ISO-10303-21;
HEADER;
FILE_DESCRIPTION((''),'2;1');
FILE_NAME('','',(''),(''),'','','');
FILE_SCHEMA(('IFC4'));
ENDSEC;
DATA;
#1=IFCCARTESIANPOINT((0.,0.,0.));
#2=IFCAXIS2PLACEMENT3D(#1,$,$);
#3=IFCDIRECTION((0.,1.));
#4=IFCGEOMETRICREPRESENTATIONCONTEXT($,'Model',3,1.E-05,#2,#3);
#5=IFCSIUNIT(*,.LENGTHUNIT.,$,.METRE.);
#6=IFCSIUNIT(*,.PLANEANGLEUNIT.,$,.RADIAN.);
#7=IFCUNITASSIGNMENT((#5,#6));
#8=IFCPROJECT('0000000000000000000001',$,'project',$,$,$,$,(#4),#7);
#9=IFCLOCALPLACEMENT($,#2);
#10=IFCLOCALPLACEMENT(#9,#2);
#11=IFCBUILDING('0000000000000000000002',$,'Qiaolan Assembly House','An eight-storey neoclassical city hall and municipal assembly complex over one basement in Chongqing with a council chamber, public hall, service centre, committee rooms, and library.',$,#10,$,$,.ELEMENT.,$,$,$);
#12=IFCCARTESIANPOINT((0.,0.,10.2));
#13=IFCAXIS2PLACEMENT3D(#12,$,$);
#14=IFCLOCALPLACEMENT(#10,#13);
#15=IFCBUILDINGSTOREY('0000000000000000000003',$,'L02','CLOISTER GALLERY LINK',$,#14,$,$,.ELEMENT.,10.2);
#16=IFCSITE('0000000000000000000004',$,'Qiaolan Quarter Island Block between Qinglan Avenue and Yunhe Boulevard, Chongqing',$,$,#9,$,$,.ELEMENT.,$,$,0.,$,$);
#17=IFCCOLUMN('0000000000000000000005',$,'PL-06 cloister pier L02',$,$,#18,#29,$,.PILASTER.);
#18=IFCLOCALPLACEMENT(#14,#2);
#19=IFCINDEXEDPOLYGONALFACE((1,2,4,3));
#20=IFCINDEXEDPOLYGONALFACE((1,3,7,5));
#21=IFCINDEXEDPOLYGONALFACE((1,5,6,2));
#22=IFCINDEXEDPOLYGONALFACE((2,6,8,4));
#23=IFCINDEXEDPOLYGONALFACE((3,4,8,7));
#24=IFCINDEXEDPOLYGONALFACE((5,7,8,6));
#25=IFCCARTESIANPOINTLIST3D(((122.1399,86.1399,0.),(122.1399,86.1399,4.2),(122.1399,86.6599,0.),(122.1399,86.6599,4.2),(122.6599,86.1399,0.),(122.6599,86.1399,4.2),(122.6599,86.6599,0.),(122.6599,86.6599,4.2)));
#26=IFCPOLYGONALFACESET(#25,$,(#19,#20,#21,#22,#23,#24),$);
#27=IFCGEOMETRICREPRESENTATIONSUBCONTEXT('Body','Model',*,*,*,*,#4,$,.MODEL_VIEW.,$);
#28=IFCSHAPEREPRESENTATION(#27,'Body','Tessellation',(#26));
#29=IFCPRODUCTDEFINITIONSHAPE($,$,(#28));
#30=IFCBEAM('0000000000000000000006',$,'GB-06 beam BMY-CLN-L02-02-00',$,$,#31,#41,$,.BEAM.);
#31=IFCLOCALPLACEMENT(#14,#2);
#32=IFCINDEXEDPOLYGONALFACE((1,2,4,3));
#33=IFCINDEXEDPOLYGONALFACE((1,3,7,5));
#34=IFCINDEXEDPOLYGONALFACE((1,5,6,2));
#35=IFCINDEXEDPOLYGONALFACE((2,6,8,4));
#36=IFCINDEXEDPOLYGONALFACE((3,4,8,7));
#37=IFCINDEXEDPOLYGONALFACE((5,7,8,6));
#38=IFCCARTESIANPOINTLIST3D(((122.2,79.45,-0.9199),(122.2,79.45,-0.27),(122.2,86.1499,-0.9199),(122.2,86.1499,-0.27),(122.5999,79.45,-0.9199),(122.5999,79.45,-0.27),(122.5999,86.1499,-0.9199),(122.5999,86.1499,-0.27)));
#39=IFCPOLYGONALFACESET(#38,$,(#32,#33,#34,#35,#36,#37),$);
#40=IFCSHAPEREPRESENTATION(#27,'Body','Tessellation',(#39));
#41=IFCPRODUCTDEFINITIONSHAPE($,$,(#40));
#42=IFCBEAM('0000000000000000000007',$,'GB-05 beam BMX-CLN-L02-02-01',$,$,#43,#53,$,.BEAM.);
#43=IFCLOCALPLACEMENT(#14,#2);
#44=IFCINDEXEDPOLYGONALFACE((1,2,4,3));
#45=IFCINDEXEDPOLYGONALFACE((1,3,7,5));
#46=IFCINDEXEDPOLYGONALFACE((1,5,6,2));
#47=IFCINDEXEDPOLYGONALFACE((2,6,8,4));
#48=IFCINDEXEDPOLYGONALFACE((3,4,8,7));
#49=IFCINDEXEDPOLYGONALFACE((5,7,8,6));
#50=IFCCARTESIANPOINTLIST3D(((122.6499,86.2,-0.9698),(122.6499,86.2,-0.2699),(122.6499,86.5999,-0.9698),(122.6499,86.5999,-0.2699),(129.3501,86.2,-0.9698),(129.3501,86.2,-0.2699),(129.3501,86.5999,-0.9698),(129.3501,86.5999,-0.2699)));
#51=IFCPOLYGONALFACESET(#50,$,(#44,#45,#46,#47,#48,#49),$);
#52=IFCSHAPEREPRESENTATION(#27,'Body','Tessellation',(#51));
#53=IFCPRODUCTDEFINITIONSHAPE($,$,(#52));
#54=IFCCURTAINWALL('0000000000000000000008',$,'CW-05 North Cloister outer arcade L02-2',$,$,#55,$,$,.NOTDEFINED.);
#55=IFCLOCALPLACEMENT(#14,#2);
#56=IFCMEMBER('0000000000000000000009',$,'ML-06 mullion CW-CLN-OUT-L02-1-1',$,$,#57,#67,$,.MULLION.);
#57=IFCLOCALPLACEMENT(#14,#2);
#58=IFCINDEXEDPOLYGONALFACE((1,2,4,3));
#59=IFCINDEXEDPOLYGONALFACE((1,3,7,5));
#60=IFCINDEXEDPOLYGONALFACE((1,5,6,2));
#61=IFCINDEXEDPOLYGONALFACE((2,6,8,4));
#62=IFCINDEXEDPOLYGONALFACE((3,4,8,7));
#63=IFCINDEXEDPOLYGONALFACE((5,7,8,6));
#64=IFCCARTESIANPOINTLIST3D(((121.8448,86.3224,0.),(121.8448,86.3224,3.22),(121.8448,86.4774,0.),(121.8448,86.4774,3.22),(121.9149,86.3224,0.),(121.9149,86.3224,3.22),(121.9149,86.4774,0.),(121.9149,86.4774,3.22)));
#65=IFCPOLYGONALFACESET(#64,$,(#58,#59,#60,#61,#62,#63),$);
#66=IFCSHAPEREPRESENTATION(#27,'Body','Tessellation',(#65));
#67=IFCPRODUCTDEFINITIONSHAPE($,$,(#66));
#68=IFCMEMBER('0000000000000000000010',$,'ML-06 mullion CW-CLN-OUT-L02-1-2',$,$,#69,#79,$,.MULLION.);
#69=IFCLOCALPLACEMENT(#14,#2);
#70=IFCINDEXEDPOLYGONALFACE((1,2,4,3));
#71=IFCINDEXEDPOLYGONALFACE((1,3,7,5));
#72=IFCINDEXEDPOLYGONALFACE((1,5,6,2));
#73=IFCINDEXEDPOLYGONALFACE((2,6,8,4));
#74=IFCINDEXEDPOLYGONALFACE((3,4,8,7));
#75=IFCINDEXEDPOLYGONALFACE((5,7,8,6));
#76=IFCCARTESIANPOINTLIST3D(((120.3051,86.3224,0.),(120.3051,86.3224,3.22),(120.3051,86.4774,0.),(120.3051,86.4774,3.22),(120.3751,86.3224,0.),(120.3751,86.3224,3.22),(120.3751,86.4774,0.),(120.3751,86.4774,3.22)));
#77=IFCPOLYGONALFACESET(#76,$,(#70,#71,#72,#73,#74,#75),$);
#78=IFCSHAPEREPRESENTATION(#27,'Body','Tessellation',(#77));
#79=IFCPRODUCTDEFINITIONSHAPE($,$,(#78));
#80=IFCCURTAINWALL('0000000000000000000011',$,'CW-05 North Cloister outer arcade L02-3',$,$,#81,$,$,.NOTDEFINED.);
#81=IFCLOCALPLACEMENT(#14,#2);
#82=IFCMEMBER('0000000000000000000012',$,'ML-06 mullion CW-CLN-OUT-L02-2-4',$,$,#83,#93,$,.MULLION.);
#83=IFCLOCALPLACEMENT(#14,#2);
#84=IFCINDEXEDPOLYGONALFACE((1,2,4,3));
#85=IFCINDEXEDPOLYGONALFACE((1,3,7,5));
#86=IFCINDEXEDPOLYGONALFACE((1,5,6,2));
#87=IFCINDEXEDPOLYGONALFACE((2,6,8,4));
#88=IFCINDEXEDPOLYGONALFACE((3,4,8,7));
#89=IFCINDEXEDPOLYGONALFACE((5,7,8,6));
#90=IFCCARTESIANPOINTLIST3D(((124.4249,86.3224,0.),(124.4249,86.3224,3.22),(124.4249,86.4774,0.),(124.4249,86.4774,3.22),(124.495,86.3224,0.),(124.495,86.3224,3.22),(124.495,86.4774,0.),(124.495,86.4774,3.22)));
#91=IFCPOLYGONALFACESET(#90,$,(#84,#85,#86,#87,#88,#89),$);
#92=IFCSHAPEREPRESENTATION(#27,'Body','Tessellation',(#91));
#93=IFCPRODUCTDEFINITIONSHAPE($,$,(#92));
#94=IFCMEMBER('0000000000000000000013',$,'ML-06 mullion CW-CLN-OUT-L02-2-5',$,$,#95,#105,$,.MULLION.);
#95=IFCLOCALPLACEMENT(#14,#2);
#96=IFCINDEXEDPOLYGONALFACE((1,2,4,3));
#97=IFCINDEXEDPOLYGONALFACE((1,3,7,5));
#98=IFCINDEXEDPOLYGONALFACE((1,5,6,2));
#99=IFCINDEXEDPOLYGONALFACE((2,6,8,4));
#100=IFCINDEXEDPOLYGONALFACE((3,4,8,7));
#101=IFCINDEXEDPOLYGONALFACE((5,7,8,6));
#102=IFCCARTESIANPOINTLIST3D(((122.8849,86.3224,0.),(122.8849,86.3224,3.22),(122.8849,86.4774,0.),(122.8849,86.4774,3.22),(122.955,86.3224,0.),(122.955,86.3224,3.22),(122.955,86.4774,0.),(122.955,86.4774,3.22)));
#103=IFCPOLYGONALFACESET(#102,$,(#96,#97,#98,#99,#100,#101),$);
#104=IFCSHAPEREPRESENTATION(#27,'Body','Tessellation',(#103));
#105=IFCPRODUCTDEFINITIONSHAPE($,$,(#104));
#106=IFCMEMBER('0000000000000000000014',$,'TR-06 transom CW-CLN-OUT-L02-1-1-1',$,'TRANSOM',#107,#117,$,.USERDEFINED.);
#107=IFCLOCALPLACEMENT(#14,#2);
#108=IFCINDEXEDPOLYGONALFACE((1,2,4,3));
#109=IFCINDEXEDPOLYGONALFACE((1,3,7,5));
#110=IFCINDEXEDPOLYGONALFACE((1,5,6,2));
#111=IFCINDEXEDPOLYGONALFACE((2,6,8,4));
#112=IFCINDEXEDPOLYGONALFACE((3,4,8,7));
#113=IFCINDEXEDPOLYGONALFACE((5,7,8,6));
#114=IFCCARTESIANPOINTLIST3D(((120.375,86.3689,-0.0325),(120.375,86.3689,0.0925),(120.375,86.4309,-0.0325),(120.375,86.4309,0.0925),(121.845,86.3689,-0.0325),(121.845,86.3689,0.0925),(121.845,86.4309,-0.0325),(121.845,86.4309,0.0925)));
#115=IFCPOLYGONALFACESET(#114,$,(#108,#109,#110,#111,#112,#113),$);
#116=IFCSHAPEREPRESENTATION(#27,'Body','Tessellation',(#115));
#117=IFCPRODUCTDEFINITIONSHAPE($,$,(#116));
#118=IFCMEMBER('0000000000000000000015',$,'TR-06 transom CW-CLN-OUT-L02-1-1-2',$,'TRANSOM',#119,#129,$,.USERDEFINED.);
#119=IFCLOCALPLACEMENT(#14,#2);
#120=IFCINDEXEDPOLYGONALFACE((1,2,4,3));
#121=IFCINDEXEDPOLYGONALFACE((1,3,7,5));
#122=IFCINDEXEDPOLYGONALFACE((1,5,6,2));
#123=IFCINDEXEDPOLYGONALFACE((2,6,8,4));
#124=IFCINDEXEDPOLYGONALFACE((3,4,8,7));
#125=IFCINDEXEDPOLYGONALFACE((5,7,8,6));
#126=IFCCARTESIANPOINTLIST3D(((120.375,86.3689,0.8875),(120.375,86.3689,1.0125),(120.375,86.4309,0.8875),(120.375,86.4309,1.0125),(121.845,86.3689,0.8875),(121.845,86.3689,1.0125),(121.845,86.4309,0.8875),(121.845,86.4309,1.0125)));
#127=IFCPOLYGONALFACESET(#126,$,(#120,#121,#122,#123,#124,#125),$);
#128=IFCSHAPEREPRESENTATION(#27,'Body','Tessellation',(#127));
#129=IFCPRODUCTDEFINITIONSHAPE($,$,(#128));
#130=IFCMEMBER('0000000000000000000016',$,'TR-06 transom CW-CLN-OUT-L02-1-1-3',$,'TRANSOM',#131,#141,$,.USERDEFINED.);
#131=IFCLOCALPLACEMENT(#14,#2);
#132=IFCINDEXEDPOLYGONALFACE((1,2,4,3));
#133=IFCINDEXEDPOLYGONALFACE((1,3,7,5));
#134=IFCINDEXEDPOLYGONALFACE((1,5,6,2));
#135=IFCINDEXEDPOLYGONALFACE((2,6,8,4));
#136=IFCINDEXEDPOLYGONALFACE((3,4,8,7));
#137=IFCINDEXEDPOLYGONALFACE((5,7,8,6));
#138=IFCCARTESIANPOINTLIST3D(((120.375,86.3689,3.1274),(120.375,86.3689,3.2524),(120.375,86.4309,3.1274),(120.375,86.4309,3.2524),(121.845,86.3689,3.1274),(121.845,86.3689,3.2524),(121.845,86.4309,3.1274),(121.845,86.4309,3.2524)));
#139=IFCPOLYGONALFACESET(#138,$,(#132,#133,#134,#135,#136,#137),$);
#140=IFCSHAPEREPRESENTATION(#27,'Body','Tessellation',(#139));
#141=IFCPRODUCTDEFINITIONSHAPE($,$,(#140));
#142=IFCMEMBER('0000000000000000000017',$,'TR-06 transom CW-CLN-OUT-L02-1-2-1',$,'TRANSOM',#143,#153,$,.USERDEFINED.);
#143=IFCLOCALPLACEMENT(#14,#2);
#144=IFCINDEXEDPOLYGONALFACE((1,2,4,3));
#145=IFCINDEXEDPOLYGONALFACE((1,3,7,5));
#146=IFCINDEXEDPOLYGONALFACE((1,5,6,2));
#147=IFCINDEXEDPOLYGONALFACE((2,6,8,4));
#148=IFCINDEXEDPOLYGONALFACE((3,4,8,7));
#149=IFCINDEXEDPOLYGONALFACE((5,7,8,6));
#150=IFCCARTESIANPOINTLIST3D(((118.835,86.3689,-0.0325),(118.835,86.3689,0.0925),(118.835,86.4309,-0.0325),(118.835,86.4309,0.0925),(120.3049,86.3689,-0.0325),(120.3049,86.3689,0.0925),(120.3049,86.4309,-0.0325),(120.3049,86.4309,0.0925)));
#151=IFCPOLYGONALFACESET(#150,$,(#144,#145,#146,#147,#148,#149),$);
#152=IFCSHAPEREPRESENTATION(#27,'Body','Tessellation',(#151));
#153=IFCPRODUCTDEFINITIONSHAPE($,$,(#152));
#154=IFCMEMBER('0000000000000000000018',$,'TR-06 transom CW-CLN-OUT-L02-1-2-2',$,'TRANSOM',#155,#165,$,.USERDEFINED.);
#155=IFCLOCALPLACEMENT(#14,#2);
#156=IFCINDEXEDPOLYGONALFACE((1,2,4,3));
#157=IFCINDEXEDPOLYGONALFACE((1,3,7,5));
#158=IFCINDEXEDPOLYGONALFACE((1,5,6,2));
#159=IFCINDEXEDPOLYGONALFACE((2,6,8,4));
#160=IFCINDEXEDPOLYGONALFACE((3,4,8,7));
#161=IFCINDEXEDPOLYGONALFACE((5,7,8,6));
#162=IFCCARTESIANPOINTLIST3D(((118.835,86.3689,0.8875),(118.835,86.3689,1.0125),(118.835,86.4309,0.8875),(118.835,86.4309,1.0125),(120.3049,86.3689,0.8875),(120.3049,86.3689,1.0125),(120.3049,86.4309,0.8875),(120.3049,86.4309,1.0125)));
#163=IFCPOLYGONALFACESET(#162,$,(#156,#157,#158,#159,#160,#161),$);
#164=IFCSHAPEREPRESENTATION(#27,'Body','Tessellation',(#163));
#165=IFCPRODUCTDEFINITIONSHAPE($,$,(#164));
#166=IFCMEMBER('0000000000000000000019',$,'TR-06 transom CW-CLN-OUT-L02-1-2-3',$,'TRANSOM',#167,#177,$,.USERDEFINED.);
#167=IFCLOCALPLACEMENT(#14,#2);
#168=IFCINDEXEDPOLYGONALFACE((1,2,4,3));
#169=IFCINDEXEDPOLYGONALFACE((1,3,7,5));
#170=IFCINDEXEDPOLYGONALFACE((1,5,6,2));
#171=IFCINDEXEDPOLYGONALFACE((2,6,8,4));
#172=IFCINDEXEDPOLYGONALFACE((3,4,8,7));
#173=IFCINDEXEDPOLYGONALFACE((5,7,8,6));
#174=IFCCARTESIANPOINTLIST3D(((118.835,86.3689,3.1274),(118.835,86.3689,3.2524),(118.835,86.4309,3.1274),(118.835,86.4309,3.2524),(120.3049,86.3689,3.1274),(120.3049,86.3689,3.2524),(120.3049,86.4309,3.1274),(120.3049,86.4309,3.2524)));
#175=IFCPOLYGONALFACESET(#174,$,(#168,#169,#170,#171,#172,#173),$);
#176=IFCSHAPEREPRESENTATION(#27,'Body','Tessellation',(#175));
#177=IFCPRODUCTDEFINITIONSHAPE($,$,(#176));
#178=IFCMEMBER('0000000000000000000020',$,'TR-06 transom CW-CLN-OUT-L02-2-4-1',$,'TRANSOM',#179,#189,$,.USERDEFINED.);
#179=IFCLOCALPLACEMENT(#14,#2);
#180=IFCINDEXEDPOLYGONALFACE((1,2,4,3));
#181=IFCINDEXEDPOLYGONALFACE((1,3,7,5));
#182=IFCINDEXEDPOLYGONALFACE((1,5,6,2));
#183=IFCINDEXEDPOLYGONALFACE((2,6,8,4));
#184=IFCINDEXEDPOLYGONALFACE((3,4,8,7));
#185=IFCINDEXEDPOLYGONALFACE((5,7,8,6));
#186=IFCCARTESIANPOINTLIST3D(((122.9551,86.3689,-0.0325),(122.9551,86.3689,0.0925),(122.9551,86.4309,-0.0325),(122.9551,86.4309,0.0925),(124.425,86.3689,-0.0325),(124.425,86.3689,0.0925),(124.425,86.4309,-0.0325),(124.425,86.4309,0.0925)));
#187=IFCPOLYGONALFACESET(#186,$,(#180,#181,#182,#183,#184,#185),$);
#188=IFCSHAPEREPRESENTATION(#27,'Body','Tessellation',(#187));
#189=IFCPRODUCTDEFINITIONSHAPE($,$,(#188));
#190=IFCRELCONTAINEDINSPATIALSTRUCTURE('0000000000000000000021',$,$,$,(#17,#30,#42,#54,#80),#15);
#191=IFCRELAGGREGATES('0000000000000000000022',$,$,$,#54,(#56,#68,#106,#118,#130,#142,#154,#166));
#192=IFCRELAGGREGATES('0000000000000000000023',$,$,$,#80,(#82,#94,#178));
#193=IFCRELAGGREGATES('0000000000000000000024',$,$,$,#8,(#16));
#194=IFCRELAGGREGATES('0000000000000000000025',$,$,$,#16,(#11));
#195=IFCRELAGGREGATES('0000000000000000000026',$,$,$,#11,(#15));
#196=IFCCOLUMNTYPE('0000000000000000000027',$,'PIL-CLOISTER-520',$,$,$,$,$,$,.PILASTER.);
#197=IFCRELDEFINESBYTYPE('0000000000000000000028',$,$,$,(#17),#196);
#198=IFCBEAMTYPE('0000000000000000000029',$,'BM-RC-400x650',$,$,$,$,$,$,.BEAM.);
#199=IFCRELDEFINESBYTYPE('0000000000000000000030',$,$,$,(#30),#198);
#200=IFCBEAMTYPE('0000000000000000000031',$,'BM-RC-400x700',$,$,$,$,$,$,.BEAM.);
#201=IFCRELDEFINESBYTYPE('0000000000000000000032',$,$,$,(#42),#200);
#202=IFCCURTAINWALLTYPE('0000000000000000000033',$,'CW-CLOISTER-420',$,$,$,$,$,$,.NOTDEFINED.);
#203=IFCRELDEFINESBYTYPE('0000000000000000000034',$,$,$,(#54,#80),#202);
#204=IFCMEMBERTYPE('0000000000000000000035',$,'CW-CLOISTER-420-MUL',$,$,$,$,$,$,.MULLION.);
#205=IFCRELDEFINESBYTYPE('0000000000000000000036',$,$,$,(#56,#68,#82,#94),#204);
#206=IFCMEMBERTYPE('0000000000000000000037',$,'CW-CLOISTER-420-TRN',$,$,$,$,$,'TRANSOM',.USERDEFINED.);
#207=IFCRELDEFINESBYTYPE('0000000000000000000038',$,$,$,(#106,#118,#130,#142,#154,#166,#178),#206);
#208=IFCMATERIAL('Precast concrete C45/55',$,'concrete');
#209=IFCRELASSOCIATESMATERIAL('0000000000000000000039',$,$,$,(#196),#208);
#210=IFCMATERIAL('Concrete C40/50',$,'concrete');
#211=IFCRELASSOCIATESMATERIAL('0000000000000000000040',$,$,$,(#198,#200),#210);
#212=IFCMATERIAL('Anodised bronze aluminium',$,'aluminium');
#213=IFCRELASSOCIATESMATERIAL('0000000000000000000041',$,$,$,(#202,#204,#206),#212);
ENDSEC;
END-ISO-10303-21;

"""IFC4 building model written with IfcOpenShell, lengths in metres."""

from ifc_helpers import new_model, si_unit, direction, frame, origin, origin_2d, place, context, subcontext, project, spatial, rectangle, extrude, material, material_profile, profile_set, type_object, element, aggregate, save


model = new_model("IFC4")

# Units and contexts
model_context = context("Model", 3, precision=1e-05, world=origin(), true_north=direction((0.0, 1.0)))
body_context = subcontext(model_context, "Body", "Model", "MODEL_VIEW")
ifc_project = project(units=[si_unit("LENGTHUNIT", "METRE"), si_unit("PLANEANGLEUNIT", "RADIAN")], contexts=[model_context])

# Site, building, storey
site_placement = place(None, origin())
site = spatial("IfcSite", under=ifc_project, at=site_placement, Name="Qiaolan Quarter Island Block between Qinglan Avenue and Yunhe Boulevard, Chongqing", CompositionType="ELEMENT", RefElevation=0.0)
building_placement = place(site_placement, origin())
building = spatial("IfcBuilding", under=site, at=building_placement, Name="Qiaolan Assembly House", Description="An eight-storey neoclassical city hall and municipal assembly complex over one basement in Chongqing with a council chamber, public hall, service centre, committee rooms, and library.", CompositionType="ELEMENT")
storey_placement = place(building_placement, frame((0.0, 0.0, 10.2)))
storey = spatial("IfcBuildingStorey", under=building, at=storey_placement, Name="L02", Description="CLOISTER GALLERY LINK", CompositionType="ELEMENT", Elevation=10.2)

# Column
ifc_material_1 = material(Name="Precast concrete C45/55", Category="concrete")
ifc_material_profile_1 = material_profile(ifc_material_1, rectangle(XDim=0.52, YDim=0.52, at=origin_2d()), Name="PIL 520x520")
ifc_profile_set_1 = profile_set([ifc_material_profile_1], Name="Precast concrete C45/55")
column_type = type_object("IfcColumnType", Name="PIL-CLOISTER-520", PredefinedType="PILASTER", material=ifc_profile_set_1)
column_placement = place(storey_placement, frame((122.3999, 86.3999, 0.0), z_axis=(0.0, 0.0, 1.0), x_axis=(1.0, 0.0, 0.0)))
element("IfcColumn", 1, at=column_placement, inside=storey, type_object=column_type, Name="PL-06 cloister pier L02", PredefinedType="PILASTER", context=body_context, shape_type="SweptSolid", body=[
    extrude(rectangle(XDim=0.52, YDim=0.52, at=origin_2d()), origin(), (0.0, 0.0, 1.0), 4.2),
])

# Beams
ifc_material_2 = material(Name="Concrete C40/50", Category="concrete")
ifc_material_profile_2 = material_profile(ifc_material_2, rectangle(XDim=0.3999, YDim=0.6499, at=origin_2d()), Name="RCB 400x650")
ifc_profile_set_2 = profile_set([ifc_material_profile_2], Name="Concrete C40/50")
beam_type_1 = type_object("IfcBeamType", Name="BM-RC-400x650", PredefinedType="BEAM", material=ifc_profile_set_2)
beam_1_placement = place(storey_placement, frame((122.3999, 79.45, -0.595), z_axis=(0.0, 1.0, 0.0), x_axis=(-1.0, 0.0, 0.0)))
element("IfcBeam", 2, at=beam_1_placement, inside=storey, type_object=beam_type_1, Name="GB-06 beam BMY-CLN-L02-02-00", PredefinedType="BEAM", context=body_context, shape_type="SweptSolid", body=[
    extrude(rectangle(XDim=0.3999, YDim=0.6499, at=origin_2d()), origin(), (0.0, 0.0, 1.0), 6.7),
])
ifc_material_profile_3 = material_profile(ifc_material_2, rectangle(XDim=0.3999, YDim=0.7, at=origin_2d()), Name="RCB 400x700")
ifc_profile_set_3 = profile_set([ifc_material_profile_3], Name="Concrete C40/50")
beam_type_2 = type_object("IfcBeamType", Name="BM-RC-400x700", PredefinedType="BEAM", material=ifc_profile_set_3)
beam_2_placement = place(storey_placement, frame((122.6499, 86.3999, -0.6199), z_axis=(1.0, 0.0, 0.0), x_axis=(0.0, 1.0, 0.0)))
element("IfcBeam", 3, at=beam_2_placement, inside=storey, type_object=beam_type_2, Name="GB-05 beam BMX-CLN-L02-02-01", PredefinedType="BEAM", context=body_context, shape_type="SweptSolid", body=[
    extrude(rectangle(XDim=0.3999, YDim=0.7, at=origin_2d()), origin(), (0.0, 0.0, 1.0), 6.7002),
])

# Curtain walls, members
ifc_material_3 = material(Name="Anodised bronze aluminium", Category="aluminium")
curtain_wall_type = type_object("IfcCurtainWallType", Name="CW-CLOISTER-420", PredefinedType="NOTDEFINED", material=ifc_material_3)
curtain_wall_1_placement = place(storey_placement, origin())
curtain_wall_1 = element("IfcCurtainWall", 4, at=curtain_wall_1_placement, inside=storey, type_object=curtain_wall_type, Name="CW-05 North Cloister outer arcade L02-2", PredefinedType="NOTDEFINED")
ifc_material_profile_4 = material_profile(ifc_material_3, rectangle(XDim=0.0701, YDim=0.155, at=origin_2d()), Name="MUL 70x155")
ifc_profile_set_4 = profile_set([ifc_material_profile_4], Name="Anodised bronze aluminium")
member_type_1 = type_object("IfcMemberType", Name="CW-CLOISTER-420-MUL", PredefinedType="MULLION", material=ifc_profile_set_4)
member_1_placement = place(storey_placement, frame((121.8799, 86.3999, 0.0), z_axis=(0.0, 0.0, 1.0), x_axis=(-1.0, 0.0, 0.0)))
member_1 = element("IfcMember", 5, at=member_1_placement, type_object=member_type_1, Name="ML-06 mullion CW-CLN-OUT-L02-1-1", PredefinedType="MULLION", context=body_context, shape_type="SweptSolid", body=[
    extrude(rectangle(XDim=0.0701, YDim=0.155, at=origin_2d()), origin(), (0.0, 0.0, 1.0), 3.22),
])
member_2_placement = place(storey_placement, frame((120.3401, 86.3999, 0.0), z_axis=(0.0, 0.0, 1.0), x_axis=(-1.0, 0.0, 0.0)))
member_2 = element("IfcMember", 6, at=member_2_placement, type_object=member_type_1, Name="ML-06 mullion CW-CLN-OUT-L02-1-2", PredefinedType="MULLION", context=body_context, shape_type="SweptSolid", body=[
    extrude(rectangle(XDim=0.0701, YDim=0.155, at=origin_2d()), origin(), (0.0, 0.0, 1.0), 3.22),
])
curtain_wall_2_placement = place(storey_placement, origin())
curtain_wall_2 = element("IfcCurtainWall", 7, at=curtain_wall_2_placement, inside=storey, type_object=curtain_wall_type, Name="CW-05 North Cloister outer arcade L02-3", PredefinedType="NOTDEFINED")
member_3_placement = place(storey_placement, frame((124.46, 86.3999, 0.0), z_axis=(0.0, 0.0, 1.0), x_axis=(-1.0, 0.0, 0.0)))
member_3 = element("IfcMember", 8, at=member_3_placement, type_object=member_type_1, Name="ML-06 mullion CW-CLN-OUT-L02-2-4", PredefinedType="MULLION", context=body_context, shape_type="SweptSolid", body=[
    extrude(rectangle(XDim=0.0701, YDim=0.155, at=origin_2d()), origin(), (0.0, 0.0, 1.0), 3.22),
])
member_4_placement = place(storey_placement, frame((122.9199, 86.3999, 0.0), z_axis=(0.0, 0.0, 1.0), x_axis=(-1.0, 0.0, 0.0)))
member_4 = element("IfcMember", 9, at=member_4_placement, type_object=member_type_1, Name="ML-06 mullion CW-CLN-OUT-L02-2-5", PredefinedType="MULLION", context=body_context, shape_type="SweptSolid", body=[
    extrude(rectangle(XDim=0.0701, YDim=0.155, at=origin_2d()), origin(), (0.0, 0.0, 1.0), 3.22),
])

# Members
ifc_material_profile_5 = material_profile(ifc_material_3, rectangle(XDim=0.062, YDim=0.125, at=origin_2d()), Name="TRN 62x125")
ifc_profile_set_5 = profile_set([ifc_material_profile_5], Name="Anodised bronze aluminium")
member_type_2 = type_object("IfcMemberType", Name="CW-CLOISTER-420-TRN", ElementType="TRANSOM", PredefinedType="USERDEFINED", material=ifc_profile_set_5)
member_5_placement = place(storey_placement, frame((121.845, 86.3999, 0.03), z_axis=(-1.0, 0.0, 0.0), x_axis=(0.0, -1.0, 0.0)))
member_5 = element("IfcMember", 10, at=member_5_placement, type_object=member_type_2, Name="TR-06 transom CW-CLN-OUT-L02-1-1-1", ObjectType="TRANSOM", PredefinedType="USERDEFINED", context=body_context, shape_type="SweptSolid", body=[
    extrude(rectangle(XDim=0.062, YDim=0.125, at=origin_2d()), origin(), (0.0, 0.0, 1.0), 1.47),
])
member_6_placement = place(storey_placement, frame((121.845, 86.3999, 0.95), z_axis=(-1.0, 0.0, 0.0), x_axis=(0.0, -1.0, 0.0)))
member_6 = element("IfcMember", 11, at=member_6_placement, type_object=member_type_2, Name="TR-06 transom CW-CLN-OUT-L02-1-1-2", ObjectType="TRANSOM", PredefinedType="USERDEFINED", context=body_context, shape_type="SweptSolid", body=[
    extrude(rectangle(XDim=0.062, YDim=0.125, at=origin_2d()), origin(), (0.0, 0.0, 1.0), 1.47),
])
member_7_placement = place(storey_placement, frame((121.845, 86.3999, 3.1899), z_axis=(-1.0, 0.0, 0.0), x_axis=(0.0, -1.0, 0.0)))
member_7 = element("IfcMember", 12, at=member_7_placement, type_object=member_type_2, Name="TR-06 transom CW-CLN-OUT-L02-1-1-3", ObjectType="TRANSOM", PredefinedType="USERDEFINED", context=body_context, shape_type="SweptSolid", body=[
    extrude(rectangle(XDim=0.062, YDim=0.125, at=origin_2d()), origin(), (0.0, 0.0, 1.0), 1.47),
])
member_8_placement = place(storey_placement, frame((120.3049, 86.3999, 0.03), z_axis=(-1.0, 0.0, 0.0), x_axis=(0.0, -1.0, 0.0)))
member_8 = element("IfcMember", 13, at=member_8_placement, type_object=member_type_2, Name="TR-06 transom CW-CLN-OUT-L02-1-2-1", ObjectType="TRANSOM", PredefinedType="USERDEFINED", context=body_context, shape_type="SweptSolid", body=[
    extrude(rectangle(XDim=0.062, YDim=0.125, at=origin_2d()), origin(), (0.0, 0.0, 1.0), 1.47),
])
member_9_placement = place(storey_placement, frame((120.3049, 86.3999, 0.95), z_axis=(-1.0, 0.0, 0.0), x_axis=(0.0, -1.0, 0.0)))
member_9 = element("IfcMember", 14, at=member_9_placement, type_object=member_type_2, Name="TR-06 transom CW-CLN-OUT-L02-1-2-2", ObjectType="TRANSOM", PredefinedType="USERDEFINED", context=body_context, shape_type="SweptSolid", body=[
    extrude(rectangle(XDim=0.062, YDim=0.125, at=origin_2d()), origin(), (0.0, 0.0, 1.0), 1.47),
])
member_10_placement = place(storey_placement, frame((120.3049, 86.3999, 3.1899), z_axis=(-1.0, 0.0, 0.0), x_axis=(0.0, -1.0, 0.0)))
member_10 = element("IfcMember", 15, at=member_10_placement, type_object=member_type_2, Name="TR-06 transom CW-CLN-OUT-L02-1-2-3", ObjectType="TRANSOM", PredefinedType="USERDEFINED", context=body_context, shape_type="SweptSolid", body=[
    extrude(rectangle(XDim=0.062, YDim=0.125, at=origin_2d()), origin(), (0.0, 0.0, 1.0), 1.47),
])
member_11_placement = place(storey_placement, frame((124.425, 86.3999, 0.03), z_axis=(-1.0, 0.0, 0.0), x_axis=(0.0, -1.0, 0.0)))
member_11 = element("IfcMember", 16, at=member_11_placement, type_object=member_type_2, Name="TR-06 transom CW-CLN-OUT-L02-2-4-1", ObjectType="TRANSOM", PredefinedType="USERDEFINED", context=body_context, shape_type="SweptSolid", body=[
    extrude(rectangle(XDim=0.062, YDim=0.125, at=origin_2d()), origin(), (0.0, 0.0, 1.0), 1.47),
])

aggregate(curtain_wall_1, [member_1, member_2, member_5, member_6, member_7, member_8, member_9, member_10])
aggregate(curtain_wall_2, [member_3, member_4, member_11])

save(model, "model.ifc")
